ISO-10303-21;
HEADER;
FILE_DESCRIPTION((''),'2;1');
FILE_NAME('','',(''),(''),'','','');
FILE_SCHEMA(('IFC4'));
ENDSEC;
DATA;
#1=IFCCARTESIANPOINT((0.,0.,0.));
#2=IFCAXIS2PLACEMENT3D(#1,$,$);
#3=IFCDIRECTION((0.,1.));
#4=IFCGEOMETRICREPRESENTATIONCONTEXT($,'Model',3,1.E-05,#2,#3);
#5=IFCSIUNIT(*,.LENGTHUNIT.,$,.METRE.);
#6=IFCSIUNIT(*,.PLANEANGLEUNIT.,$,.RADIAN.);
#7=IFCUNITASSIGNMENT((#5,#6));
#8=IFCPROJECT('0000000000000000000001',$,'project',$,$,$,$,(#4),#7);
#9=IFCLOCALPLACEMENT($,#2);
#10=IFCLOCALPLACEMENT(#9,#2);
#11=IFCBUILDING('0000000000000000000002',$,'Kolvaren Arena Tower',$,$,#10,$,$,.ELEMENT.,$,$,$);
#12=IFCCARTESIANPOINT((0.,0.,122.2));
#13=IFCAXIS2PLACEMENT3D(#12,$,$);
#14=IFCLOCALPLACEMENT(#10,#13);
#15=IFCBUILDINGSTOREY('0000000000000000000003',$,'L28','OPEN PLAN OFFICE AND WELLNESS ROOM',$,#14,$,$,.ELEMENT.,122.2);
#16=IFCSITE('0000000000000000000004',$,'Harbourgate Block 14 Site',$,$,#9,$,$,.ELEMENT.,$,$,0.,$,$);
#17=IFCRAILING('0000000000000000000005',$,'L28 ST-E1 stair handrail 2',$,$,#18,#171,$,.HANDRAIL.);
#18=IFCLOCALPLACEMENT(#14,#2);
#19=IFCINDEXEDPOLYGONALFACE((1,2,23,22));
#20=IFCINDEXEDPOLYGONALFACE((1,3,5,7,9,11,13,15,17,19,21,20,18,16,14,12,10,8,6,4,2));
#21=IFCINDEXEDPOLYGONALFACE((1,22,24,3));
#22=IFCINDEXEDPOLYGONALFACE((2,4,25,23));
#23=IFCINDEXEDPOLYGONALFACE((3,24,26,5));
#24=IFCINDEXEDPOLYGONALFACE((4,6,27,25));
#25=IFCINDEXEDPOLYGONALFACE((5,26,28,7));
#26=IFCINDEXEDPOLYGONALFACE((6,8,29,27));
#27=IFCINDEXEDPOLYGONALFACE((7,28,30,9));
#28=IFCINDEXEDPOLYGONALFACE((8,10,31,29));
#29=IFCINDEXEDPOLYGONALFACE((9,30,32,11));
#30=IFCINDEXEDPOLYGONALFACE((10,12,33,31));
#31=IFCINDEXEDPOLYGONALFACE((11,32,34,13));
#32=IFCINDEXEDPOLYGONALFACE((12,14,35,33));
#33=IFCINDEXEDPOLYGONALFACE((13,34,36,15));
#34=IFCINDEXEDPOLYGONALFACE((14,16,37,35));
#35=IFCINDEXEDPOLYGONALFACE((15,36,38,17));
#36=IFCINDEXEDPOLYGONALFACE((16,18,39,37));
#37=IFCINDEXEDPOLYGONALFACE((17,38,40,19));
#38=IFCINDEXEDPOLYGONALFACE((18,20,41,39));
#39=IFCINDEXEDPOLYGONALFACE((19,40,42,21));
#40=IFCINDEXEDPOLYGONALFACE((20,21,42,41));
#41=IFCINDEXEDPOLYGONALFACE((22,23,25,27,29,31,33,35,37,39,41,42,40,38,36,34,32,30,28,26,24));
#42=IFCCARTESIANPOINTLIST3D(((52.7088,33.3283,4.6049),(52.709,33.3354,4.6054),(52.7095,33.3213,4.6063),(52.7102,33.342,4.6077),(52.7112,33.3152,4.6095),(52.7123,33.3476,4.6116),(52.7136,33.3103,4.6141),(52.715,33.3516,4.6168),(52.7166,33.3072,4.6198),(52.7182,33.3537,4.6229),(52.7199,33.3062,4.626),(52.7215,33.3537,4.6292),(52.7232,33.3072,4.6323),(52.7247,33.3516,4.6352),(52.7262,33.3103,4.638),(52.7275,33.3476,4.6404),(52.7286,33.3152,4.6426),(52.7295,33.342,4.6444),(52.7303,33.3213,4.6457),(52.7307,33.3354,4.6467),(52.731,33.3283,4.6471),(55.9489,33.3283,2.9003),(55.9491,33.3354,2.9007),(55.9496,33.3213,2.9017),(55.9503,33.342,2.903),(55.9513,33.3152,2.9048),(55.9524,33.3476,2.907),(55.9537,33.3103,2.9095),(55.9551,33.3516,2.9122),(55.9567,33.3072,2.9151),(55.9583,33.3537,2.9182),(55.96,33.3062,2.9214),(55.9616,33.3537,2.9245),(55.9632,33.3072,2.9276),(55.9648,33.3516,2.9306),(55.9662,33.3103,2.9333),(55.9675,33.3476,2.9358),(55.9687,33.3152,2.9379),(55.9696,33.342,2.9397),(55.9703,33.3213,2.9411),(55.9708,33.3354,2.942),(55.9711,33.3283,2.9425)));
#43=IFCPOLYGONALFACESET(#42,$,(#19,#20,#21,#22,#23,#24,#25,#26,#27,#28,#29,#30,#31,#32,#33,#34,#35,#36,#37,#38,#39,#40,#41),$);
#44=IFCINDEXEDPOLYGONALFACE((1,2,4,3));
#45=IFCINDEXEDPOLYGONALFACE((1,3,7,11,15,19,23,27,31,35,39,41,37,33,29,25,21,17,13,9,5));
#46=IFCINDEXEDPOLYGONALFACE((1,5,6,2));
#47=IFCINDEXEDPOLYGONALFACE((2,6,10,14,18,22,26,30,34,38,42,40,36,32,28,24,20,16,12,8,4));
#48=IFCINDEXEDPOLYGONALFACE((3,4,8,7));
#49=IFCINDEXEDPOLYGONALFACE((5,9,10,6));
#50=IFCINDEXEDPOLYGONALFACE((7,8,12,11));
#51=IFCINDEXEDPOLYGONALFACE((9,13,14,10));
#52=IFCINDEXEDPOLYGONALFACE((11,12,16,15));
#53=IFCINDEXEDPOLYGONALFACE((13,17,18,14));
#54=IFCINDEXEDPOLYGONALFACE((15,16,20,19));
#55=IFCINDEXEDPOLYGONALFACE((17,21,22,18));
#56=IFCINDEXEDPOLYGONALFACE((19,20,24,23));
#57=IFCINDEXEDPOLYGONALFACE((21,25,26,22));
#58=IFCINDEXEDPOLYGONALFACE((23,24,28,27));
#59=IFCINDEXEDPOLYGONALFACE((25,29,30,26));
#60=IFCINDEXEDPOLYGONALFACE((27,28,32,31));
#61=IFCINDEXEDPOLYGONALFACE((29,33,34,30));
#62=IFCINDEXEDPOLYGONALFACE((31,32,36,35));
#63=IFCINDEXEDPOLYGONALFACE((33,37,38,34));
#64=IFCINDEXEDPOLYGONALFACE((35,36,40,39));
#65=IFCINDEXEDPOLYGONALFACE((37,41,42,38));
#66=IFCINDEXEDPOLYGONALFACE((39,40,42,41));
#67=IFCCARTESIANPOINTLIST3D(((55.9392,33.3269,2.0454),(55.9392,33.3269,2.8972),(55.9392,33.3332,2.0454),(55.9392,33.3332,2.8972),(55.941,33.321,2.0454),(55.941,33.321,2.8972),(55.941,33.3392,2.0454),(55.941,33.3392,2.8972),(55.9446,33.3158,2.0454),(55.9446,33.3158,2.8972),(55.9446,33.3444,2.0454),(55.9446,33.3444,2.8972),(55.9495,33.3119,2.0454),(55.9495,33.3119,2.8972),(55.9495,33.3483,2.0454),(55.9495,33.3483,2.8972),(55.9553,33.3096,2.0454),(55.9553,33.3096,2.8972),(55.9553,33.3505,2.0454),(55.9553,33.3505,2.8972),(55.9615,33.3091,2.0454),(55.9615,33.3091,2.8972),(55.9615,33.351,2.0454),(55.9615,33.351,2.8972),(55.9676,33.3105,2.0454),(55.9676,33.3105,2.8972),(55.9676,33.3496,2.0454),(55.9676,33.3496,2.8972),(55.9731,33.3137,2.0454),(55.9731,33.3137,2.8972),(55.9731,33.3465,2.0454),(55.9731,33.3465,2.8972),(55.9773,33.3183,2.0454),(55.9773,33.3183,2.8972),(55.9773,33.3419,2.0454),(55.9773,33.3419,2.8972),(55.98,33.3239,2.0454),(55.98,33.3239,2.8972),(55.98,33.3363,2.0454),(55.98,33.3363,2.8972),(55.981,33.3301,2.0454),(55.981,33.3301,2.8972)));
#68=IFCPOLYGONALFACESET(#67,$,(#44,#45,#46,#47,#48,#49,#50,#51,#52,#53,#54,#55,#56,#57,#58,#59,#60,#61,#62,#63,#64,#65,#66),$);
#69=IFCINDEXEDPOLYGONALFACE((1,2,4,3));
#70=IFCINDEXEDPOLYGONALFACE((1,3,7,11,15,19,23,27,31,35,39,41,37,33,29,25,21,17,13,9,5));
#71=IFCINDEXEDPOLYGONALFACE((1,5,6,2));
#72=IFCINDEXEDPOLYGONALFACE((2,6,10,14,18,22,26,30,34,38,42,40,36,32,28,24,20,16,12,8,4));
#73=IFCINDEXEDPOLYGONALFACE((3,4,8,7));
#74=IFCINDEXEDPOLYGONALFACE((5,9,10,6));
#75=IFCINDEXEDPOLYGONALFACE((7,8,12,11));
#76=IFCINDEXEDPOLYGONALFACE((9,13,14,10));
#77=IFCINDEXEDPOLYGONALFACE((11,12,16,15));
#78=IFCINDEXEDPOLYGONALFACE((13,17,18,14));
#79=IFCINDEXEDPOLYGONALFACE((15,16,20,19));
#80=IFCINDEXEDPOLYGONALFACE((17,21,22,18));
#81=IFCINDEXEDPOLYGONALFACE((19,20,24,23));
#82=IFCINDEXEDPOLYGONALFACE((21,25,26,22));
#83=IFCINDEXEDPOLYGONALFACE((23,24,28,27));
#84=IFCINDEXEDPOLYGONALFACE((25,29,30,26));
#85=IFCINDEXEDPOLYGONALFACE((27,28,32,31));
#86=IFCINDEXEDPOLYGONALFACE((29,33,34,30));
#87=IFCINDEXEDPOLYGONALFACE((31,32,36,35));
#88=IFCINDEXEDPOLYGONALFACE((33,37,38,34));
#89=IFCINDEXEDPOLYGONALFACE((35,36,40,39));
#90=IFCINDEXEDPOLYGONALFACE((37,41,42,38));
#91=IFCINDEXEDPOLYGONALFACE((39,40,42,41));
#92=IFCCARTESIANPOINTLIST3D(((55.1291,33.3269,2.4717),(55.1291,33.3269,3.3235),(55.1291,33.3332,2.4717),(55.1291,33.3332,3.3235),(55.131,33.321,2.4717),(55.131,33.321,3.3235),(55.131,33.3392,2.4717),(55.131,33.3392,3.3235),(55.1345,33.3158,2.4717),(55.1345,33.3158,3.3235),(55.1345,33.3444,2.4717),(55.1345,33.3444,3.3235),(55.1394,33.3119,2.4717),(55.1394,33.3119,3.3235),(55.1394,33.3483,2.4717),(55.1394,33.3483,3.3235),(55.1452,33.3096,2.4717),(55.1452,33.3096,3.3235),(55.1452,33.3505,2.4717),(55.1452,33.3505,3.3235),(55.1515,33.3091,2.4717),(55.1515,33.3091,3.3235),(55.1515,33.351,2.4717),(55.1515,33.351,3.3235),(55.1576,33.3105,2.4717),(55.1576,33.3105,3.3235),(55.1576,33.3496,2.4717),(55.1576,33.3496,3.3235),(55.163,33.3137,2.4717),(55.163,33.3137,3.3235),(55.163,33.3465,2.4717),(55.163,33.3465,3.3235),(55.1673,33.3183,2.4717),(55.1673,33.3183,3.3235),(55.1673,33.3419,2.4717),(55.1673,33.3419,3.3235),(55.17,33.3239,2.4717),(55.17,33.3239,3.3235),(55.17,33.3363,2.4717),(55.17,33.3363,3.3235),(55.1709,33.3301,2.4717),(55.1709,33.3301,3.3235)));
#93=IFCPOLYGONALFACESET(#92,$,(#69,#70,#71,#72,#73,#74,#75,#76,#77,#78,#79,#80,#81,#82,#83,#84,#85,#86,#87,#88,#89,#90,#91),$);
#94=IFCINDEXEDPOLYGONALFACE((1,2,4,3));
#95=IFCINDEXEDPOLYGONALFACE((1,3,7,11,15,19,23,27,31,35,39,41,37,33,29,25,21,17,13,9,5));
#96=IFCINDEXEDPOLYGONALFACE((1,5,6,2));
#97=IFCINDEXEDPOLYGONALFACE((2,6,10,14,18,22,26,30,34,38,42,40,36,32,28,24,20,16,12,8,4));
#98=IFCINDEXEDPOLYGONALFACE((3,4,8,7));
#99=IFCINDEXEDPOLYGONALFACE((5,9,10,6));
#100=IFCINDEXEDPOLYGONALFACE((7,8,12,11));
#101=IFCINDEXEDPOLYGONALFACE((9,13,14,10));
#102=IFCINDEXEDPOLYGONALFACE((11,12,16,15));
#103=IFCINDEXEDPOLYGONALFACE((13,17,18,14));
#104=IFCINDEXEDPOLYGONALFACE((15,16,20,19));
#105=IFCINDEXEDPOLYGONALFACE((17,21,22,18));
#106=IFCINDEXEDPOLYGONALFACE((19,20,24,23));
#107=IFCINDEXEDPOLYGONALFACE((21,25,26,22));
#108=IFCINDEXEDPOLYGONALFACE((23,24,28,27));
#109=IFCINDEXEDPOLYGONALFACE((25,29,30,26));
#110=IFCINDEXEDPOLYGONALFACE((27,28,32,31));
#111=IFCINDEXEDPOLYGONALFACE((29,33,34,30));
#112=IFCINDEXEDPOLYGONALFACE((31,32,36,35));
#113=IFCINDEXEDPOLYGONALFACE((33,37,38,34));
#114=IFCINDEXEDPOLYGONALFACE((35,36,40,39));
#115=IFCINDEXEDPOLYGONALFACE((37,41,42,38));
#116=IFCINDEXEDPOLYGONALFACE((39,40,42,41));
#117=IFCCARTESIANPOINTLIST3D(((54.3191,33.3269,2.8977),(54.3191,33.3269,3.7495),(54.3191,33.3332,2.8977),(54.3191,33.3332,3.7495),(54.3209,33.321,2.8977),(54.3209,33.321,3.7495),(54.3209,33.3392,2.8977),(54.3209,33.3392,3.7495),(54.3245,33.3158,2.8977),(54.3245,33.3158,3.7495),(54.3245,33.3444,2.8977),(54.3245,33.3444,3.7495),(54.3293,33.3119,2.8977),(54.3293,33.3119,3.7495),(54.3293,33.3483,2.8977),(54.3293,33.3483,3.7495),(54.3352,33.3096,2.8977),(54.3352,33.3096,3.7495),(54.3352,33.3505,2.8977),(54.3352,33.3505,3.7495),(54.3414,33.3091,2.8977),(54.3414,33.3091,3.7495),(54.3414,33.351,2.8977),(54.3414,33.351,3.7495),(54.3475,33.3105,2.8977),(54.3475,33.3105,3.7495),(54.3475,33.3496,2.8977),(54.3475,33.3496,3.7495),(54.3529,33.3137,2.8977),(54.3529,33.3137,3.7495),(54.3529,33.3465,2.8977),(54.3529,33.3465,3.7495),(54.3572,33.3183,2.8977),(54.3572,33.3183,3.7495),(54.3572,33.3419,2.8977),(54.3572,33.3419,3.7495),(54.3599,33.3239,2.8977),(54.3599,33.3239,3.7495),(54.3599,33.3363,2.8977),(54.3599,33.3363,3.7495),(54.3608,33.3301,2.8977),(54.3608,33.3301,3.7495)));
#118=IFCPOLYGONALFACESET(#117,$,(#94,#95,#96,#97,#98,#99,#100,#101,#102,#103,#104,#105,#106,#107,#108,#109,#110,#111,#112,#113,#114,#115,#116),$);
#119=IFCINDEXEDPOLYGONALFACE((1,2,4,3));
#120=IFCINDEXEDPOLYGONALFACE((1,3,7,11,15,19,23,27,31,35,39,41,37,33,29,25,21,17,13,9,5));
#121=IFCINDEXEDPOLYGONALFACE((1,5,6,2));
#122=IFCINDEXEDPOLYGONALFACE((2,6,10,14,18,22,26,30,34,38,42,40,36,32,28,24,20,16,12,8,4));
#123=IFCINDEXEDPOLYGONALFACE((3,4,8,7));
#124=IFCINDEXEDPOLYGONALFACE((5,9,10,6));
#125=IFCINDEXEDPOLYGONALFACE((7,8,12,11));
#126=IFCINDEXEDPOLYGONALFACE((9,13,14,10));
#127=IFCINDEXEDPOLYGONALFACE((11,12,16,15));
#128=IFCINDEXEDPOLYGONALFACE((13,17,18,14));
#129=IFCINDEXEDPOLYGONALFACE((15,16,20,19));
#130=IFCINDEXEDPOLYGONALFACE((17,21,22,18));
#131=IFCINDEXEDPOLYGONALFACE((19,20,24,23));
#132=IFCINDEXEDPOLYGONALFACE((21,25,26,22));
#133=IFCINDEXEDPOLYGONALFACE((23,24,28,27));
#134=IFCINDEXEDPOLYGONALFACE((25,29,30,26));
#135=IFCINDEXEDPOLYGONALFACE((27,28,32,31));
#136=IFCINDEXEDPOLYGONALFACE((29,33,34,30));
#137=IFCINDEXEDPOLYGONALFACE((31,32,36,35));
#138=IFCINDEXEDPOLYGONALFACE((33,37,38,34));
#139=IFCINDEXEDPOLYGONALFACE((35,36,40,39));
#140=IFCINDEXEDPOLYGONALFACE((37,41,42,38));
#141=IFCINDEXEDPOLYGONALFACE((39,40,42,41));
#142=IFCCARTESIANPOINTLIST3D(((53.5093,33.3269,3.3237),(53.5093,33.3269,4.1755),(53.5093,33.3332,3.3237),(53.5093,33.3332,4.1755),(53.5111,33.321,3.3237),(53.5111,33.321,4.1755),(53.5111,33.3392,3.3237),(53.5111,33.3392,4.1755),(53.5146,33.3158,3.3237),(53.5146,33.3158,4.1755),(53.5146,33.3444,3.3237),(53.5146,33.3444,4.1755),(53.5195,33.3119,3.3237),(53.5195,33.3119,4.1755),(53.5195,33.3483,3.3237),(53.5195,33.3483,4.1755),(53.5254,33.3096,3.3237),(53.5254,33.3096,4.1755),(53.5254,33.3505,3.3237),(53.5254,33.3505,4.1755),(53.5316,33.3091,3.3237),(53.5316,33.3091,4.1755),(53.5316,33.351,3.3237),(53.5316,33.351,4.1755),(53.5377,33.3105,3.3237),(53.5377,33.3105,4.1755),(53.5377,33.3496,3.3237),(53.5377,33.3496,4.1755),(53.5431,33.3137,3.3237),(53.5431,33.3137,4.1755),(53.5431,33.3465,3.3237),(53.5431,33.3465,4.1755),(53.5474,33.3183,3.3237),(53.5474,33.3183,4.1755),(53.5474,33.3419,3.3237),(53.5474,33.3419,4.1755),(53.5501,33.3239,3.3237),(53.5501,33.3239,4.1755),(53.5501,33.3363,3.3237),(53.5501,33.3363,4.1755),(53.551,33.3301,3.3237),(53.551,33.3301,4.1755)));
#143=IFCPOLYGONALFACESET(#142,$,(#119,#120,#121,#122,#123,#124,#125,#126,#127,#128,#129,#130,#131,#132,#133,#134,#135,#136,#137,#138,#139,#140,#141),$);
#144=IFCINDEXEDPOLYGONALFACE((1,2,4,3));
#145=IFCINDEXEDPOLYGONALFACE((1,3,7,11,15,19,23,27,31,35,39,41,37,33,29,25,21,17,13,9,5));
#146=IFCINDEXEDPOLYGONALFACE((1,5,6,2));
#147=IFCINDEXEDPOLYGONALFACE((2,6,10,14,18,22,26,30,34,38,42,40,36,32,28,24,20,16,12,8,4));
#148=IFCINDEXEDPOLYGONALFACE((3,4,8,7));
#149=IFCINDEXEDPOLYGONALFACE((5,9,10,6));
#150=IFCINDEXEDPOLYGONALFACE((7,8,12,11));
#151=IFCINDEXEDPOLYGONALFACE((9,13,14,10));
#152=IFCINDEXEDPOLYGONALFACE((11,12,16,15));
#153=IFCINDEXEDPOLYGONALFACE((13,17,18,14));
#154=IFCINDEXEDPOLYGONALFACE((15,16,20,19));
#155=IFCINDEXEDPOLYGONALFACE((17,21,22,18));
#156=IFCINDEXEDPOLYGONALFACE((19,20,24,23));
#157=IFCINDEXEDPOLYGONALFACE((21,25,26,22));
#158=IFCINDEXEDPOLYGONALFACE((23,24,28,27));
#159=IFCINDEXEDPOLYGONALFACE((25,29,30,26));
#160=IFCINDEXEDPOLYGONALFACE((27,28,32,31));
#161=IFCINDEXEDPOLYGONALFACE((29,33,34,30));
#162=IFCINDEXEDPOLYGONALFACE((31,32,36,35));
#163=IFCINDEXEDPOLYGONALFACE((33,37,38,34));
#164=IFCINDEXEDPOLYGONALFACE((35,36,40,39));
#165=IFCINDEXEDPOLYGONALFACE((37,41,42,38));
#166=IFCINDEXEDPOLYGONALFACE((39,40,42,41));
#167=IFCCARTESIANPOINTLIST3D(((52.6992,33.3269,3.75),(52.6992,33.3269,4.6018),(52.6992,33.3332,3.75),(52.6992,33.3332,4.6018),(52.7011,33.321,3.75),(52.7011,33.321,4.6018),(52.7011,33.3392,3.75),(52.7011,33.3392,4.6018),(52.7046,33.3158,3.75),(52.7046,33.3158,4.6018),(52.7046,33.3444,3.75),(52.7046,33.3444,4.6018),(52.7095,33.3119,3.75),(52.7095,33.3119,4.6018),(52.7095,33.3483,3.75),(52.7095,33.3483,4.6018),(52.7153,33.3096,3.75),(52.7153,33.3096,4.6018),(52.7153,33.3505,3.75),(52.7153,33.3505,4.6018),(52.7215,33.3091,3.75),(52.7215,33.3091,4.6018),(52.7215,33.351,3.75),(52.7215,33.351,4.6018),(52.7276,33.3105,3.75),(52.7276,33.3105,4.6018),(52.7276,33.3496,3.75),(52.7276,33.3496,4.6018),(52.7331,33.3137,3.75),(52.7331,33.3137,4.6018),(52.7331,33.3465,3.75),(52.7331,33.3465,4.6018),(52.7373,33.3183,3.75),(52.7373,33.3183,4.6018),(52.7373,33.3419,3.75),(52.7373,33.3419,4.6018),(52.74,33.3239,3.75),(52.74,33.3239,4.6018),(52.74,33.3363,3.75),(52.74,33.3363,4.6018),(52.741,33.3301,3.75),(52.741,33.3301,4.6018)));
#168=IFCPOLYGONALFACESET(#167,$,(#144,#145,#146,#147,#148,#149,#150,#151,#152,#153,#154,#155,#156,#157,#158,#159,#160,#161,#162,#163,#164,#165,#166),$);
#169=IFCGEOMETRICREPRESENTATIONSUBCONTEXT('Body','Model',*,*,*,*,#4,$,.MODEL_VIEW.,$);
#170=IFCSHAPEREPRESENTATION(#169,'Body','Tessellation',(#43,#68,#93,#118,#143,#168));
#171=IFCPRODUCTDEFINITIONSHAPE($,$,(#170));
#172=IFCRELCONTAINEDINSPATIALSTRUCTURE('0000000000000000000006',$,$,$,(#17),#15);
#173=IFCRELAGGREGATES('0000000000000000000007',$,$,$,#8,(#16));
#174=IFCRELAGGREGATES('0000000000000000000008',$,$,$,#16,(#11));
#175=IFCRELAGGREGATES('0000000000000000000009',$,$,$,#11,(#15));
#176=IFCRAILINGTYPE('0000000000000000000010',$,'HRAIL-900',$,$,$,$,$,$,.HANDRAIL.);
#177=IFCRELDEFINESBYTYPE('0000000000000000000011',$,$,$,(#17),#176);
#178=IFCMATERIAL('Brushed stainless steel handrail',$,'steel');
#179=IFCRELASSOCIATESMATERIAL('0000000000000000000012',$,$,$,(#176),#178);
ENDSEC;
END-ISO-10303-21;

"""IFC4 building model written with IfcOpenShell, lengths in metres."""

from ifc_helpers import new_model, si_unit, direction, frame, origin, origin_2d, place, context, subcontext, project, spatial, circle, extrude, material, type_object, element, save


model = new_model("IFC4")

# Units and contexts
model_context = context("Model", 3, precision=1e-05, world=origin(), true_north=direction((0.0, 1.0)))
body_context = subcontext(model_context, "Body", "Model", "MODEL_VIEW")
ifc_project = project(units=[si_unit("LENGTHUNIT", "METRE"), si_unit("PLANEANGLEUNIT", "RADIAN")], contexts=[model_context])

# Site, building, storey
site_placement = place(None, origin())
site = spatial("IfcSite", under=ifc_project, at=site_placement, Name="Harbourgate Block 14 Site", CompositionType="ELEMENT", RefElevation=0.0)
building_placement = place(site_placement, origin())
building = spatial("IfcBuilding", under=site, at=building_placement, Name="Kolvaren Arena Tower", CompositionType="ELEMENT")
storey_placement = place(building_placement, frame((0.0, 0.0, 122.2)))
storey = spatial("IfcBuildingStorey", under=building, at=storey_placement, Name="L28", Description="OPEN PLAN OFFICE AND WELLNESS ROOM", CompositionType="ELEMENT", Elevation=122.2)

# Railing
ifc_material_1 = material(Name="Brushed stainless steel handrail", Category="steel")
railing_type_1 = type_object("IfcRailingType", Name="HRAIL-900", PredefinedType="HANDRAIL", material=ifc_material_1)
for number, where, name in (
    (1, (55.96, 33.3301, 2.0454), "L28 ST-E1 stair handrail 2"),
):
    element("IfcRailing", number, at=place(storey_placement, frame(where)), inside=storey, type_object=railing_type_1, Name=name, PredefinedType="HANDRAIL", context=body_context, shape_type="SweptSolid", body=[
        extrude(circle(Radius=0.0239, at=origin_2d()), frame((0.0, 0.0, 0.876), z_axis=(-0.884993, 0.0, 0.465604), x_axis=(0.0, -1.0, 0.0)), (0.0, 0.0, 1.0), 3.6611),
        extrude(circle(Radius=0.021, at=origin_2d()), origin(), (0.0, 0.0, 1.0), 0.8518),
        extrude(circle(Radius=0.021, at=origin_2d()), frame((-0.8101, 0.0, 0.4263)), (0.0, 0.0, 1.0), 0.8518),
        extrude(circle(Radius=0.021, at=origin_2d()), frame((-1.6201, 0.0, 0.8523)), (0.0, 0.0, 1.0), 0.8518),
        extrude(circle(Radius=0.021, at=origin_2d()), frame((-2.4299, 0.0, 1.2783)), (0.0, 0.0, 1.0), 0.8518),
        extrude(circle(Radius=0.021, at=origin_2d()), frame((-3.24, 0.0, 1.7046)), (0.0, 0.0, 1.0), 0.8518),
    ])

save(model, "model.ifc")
